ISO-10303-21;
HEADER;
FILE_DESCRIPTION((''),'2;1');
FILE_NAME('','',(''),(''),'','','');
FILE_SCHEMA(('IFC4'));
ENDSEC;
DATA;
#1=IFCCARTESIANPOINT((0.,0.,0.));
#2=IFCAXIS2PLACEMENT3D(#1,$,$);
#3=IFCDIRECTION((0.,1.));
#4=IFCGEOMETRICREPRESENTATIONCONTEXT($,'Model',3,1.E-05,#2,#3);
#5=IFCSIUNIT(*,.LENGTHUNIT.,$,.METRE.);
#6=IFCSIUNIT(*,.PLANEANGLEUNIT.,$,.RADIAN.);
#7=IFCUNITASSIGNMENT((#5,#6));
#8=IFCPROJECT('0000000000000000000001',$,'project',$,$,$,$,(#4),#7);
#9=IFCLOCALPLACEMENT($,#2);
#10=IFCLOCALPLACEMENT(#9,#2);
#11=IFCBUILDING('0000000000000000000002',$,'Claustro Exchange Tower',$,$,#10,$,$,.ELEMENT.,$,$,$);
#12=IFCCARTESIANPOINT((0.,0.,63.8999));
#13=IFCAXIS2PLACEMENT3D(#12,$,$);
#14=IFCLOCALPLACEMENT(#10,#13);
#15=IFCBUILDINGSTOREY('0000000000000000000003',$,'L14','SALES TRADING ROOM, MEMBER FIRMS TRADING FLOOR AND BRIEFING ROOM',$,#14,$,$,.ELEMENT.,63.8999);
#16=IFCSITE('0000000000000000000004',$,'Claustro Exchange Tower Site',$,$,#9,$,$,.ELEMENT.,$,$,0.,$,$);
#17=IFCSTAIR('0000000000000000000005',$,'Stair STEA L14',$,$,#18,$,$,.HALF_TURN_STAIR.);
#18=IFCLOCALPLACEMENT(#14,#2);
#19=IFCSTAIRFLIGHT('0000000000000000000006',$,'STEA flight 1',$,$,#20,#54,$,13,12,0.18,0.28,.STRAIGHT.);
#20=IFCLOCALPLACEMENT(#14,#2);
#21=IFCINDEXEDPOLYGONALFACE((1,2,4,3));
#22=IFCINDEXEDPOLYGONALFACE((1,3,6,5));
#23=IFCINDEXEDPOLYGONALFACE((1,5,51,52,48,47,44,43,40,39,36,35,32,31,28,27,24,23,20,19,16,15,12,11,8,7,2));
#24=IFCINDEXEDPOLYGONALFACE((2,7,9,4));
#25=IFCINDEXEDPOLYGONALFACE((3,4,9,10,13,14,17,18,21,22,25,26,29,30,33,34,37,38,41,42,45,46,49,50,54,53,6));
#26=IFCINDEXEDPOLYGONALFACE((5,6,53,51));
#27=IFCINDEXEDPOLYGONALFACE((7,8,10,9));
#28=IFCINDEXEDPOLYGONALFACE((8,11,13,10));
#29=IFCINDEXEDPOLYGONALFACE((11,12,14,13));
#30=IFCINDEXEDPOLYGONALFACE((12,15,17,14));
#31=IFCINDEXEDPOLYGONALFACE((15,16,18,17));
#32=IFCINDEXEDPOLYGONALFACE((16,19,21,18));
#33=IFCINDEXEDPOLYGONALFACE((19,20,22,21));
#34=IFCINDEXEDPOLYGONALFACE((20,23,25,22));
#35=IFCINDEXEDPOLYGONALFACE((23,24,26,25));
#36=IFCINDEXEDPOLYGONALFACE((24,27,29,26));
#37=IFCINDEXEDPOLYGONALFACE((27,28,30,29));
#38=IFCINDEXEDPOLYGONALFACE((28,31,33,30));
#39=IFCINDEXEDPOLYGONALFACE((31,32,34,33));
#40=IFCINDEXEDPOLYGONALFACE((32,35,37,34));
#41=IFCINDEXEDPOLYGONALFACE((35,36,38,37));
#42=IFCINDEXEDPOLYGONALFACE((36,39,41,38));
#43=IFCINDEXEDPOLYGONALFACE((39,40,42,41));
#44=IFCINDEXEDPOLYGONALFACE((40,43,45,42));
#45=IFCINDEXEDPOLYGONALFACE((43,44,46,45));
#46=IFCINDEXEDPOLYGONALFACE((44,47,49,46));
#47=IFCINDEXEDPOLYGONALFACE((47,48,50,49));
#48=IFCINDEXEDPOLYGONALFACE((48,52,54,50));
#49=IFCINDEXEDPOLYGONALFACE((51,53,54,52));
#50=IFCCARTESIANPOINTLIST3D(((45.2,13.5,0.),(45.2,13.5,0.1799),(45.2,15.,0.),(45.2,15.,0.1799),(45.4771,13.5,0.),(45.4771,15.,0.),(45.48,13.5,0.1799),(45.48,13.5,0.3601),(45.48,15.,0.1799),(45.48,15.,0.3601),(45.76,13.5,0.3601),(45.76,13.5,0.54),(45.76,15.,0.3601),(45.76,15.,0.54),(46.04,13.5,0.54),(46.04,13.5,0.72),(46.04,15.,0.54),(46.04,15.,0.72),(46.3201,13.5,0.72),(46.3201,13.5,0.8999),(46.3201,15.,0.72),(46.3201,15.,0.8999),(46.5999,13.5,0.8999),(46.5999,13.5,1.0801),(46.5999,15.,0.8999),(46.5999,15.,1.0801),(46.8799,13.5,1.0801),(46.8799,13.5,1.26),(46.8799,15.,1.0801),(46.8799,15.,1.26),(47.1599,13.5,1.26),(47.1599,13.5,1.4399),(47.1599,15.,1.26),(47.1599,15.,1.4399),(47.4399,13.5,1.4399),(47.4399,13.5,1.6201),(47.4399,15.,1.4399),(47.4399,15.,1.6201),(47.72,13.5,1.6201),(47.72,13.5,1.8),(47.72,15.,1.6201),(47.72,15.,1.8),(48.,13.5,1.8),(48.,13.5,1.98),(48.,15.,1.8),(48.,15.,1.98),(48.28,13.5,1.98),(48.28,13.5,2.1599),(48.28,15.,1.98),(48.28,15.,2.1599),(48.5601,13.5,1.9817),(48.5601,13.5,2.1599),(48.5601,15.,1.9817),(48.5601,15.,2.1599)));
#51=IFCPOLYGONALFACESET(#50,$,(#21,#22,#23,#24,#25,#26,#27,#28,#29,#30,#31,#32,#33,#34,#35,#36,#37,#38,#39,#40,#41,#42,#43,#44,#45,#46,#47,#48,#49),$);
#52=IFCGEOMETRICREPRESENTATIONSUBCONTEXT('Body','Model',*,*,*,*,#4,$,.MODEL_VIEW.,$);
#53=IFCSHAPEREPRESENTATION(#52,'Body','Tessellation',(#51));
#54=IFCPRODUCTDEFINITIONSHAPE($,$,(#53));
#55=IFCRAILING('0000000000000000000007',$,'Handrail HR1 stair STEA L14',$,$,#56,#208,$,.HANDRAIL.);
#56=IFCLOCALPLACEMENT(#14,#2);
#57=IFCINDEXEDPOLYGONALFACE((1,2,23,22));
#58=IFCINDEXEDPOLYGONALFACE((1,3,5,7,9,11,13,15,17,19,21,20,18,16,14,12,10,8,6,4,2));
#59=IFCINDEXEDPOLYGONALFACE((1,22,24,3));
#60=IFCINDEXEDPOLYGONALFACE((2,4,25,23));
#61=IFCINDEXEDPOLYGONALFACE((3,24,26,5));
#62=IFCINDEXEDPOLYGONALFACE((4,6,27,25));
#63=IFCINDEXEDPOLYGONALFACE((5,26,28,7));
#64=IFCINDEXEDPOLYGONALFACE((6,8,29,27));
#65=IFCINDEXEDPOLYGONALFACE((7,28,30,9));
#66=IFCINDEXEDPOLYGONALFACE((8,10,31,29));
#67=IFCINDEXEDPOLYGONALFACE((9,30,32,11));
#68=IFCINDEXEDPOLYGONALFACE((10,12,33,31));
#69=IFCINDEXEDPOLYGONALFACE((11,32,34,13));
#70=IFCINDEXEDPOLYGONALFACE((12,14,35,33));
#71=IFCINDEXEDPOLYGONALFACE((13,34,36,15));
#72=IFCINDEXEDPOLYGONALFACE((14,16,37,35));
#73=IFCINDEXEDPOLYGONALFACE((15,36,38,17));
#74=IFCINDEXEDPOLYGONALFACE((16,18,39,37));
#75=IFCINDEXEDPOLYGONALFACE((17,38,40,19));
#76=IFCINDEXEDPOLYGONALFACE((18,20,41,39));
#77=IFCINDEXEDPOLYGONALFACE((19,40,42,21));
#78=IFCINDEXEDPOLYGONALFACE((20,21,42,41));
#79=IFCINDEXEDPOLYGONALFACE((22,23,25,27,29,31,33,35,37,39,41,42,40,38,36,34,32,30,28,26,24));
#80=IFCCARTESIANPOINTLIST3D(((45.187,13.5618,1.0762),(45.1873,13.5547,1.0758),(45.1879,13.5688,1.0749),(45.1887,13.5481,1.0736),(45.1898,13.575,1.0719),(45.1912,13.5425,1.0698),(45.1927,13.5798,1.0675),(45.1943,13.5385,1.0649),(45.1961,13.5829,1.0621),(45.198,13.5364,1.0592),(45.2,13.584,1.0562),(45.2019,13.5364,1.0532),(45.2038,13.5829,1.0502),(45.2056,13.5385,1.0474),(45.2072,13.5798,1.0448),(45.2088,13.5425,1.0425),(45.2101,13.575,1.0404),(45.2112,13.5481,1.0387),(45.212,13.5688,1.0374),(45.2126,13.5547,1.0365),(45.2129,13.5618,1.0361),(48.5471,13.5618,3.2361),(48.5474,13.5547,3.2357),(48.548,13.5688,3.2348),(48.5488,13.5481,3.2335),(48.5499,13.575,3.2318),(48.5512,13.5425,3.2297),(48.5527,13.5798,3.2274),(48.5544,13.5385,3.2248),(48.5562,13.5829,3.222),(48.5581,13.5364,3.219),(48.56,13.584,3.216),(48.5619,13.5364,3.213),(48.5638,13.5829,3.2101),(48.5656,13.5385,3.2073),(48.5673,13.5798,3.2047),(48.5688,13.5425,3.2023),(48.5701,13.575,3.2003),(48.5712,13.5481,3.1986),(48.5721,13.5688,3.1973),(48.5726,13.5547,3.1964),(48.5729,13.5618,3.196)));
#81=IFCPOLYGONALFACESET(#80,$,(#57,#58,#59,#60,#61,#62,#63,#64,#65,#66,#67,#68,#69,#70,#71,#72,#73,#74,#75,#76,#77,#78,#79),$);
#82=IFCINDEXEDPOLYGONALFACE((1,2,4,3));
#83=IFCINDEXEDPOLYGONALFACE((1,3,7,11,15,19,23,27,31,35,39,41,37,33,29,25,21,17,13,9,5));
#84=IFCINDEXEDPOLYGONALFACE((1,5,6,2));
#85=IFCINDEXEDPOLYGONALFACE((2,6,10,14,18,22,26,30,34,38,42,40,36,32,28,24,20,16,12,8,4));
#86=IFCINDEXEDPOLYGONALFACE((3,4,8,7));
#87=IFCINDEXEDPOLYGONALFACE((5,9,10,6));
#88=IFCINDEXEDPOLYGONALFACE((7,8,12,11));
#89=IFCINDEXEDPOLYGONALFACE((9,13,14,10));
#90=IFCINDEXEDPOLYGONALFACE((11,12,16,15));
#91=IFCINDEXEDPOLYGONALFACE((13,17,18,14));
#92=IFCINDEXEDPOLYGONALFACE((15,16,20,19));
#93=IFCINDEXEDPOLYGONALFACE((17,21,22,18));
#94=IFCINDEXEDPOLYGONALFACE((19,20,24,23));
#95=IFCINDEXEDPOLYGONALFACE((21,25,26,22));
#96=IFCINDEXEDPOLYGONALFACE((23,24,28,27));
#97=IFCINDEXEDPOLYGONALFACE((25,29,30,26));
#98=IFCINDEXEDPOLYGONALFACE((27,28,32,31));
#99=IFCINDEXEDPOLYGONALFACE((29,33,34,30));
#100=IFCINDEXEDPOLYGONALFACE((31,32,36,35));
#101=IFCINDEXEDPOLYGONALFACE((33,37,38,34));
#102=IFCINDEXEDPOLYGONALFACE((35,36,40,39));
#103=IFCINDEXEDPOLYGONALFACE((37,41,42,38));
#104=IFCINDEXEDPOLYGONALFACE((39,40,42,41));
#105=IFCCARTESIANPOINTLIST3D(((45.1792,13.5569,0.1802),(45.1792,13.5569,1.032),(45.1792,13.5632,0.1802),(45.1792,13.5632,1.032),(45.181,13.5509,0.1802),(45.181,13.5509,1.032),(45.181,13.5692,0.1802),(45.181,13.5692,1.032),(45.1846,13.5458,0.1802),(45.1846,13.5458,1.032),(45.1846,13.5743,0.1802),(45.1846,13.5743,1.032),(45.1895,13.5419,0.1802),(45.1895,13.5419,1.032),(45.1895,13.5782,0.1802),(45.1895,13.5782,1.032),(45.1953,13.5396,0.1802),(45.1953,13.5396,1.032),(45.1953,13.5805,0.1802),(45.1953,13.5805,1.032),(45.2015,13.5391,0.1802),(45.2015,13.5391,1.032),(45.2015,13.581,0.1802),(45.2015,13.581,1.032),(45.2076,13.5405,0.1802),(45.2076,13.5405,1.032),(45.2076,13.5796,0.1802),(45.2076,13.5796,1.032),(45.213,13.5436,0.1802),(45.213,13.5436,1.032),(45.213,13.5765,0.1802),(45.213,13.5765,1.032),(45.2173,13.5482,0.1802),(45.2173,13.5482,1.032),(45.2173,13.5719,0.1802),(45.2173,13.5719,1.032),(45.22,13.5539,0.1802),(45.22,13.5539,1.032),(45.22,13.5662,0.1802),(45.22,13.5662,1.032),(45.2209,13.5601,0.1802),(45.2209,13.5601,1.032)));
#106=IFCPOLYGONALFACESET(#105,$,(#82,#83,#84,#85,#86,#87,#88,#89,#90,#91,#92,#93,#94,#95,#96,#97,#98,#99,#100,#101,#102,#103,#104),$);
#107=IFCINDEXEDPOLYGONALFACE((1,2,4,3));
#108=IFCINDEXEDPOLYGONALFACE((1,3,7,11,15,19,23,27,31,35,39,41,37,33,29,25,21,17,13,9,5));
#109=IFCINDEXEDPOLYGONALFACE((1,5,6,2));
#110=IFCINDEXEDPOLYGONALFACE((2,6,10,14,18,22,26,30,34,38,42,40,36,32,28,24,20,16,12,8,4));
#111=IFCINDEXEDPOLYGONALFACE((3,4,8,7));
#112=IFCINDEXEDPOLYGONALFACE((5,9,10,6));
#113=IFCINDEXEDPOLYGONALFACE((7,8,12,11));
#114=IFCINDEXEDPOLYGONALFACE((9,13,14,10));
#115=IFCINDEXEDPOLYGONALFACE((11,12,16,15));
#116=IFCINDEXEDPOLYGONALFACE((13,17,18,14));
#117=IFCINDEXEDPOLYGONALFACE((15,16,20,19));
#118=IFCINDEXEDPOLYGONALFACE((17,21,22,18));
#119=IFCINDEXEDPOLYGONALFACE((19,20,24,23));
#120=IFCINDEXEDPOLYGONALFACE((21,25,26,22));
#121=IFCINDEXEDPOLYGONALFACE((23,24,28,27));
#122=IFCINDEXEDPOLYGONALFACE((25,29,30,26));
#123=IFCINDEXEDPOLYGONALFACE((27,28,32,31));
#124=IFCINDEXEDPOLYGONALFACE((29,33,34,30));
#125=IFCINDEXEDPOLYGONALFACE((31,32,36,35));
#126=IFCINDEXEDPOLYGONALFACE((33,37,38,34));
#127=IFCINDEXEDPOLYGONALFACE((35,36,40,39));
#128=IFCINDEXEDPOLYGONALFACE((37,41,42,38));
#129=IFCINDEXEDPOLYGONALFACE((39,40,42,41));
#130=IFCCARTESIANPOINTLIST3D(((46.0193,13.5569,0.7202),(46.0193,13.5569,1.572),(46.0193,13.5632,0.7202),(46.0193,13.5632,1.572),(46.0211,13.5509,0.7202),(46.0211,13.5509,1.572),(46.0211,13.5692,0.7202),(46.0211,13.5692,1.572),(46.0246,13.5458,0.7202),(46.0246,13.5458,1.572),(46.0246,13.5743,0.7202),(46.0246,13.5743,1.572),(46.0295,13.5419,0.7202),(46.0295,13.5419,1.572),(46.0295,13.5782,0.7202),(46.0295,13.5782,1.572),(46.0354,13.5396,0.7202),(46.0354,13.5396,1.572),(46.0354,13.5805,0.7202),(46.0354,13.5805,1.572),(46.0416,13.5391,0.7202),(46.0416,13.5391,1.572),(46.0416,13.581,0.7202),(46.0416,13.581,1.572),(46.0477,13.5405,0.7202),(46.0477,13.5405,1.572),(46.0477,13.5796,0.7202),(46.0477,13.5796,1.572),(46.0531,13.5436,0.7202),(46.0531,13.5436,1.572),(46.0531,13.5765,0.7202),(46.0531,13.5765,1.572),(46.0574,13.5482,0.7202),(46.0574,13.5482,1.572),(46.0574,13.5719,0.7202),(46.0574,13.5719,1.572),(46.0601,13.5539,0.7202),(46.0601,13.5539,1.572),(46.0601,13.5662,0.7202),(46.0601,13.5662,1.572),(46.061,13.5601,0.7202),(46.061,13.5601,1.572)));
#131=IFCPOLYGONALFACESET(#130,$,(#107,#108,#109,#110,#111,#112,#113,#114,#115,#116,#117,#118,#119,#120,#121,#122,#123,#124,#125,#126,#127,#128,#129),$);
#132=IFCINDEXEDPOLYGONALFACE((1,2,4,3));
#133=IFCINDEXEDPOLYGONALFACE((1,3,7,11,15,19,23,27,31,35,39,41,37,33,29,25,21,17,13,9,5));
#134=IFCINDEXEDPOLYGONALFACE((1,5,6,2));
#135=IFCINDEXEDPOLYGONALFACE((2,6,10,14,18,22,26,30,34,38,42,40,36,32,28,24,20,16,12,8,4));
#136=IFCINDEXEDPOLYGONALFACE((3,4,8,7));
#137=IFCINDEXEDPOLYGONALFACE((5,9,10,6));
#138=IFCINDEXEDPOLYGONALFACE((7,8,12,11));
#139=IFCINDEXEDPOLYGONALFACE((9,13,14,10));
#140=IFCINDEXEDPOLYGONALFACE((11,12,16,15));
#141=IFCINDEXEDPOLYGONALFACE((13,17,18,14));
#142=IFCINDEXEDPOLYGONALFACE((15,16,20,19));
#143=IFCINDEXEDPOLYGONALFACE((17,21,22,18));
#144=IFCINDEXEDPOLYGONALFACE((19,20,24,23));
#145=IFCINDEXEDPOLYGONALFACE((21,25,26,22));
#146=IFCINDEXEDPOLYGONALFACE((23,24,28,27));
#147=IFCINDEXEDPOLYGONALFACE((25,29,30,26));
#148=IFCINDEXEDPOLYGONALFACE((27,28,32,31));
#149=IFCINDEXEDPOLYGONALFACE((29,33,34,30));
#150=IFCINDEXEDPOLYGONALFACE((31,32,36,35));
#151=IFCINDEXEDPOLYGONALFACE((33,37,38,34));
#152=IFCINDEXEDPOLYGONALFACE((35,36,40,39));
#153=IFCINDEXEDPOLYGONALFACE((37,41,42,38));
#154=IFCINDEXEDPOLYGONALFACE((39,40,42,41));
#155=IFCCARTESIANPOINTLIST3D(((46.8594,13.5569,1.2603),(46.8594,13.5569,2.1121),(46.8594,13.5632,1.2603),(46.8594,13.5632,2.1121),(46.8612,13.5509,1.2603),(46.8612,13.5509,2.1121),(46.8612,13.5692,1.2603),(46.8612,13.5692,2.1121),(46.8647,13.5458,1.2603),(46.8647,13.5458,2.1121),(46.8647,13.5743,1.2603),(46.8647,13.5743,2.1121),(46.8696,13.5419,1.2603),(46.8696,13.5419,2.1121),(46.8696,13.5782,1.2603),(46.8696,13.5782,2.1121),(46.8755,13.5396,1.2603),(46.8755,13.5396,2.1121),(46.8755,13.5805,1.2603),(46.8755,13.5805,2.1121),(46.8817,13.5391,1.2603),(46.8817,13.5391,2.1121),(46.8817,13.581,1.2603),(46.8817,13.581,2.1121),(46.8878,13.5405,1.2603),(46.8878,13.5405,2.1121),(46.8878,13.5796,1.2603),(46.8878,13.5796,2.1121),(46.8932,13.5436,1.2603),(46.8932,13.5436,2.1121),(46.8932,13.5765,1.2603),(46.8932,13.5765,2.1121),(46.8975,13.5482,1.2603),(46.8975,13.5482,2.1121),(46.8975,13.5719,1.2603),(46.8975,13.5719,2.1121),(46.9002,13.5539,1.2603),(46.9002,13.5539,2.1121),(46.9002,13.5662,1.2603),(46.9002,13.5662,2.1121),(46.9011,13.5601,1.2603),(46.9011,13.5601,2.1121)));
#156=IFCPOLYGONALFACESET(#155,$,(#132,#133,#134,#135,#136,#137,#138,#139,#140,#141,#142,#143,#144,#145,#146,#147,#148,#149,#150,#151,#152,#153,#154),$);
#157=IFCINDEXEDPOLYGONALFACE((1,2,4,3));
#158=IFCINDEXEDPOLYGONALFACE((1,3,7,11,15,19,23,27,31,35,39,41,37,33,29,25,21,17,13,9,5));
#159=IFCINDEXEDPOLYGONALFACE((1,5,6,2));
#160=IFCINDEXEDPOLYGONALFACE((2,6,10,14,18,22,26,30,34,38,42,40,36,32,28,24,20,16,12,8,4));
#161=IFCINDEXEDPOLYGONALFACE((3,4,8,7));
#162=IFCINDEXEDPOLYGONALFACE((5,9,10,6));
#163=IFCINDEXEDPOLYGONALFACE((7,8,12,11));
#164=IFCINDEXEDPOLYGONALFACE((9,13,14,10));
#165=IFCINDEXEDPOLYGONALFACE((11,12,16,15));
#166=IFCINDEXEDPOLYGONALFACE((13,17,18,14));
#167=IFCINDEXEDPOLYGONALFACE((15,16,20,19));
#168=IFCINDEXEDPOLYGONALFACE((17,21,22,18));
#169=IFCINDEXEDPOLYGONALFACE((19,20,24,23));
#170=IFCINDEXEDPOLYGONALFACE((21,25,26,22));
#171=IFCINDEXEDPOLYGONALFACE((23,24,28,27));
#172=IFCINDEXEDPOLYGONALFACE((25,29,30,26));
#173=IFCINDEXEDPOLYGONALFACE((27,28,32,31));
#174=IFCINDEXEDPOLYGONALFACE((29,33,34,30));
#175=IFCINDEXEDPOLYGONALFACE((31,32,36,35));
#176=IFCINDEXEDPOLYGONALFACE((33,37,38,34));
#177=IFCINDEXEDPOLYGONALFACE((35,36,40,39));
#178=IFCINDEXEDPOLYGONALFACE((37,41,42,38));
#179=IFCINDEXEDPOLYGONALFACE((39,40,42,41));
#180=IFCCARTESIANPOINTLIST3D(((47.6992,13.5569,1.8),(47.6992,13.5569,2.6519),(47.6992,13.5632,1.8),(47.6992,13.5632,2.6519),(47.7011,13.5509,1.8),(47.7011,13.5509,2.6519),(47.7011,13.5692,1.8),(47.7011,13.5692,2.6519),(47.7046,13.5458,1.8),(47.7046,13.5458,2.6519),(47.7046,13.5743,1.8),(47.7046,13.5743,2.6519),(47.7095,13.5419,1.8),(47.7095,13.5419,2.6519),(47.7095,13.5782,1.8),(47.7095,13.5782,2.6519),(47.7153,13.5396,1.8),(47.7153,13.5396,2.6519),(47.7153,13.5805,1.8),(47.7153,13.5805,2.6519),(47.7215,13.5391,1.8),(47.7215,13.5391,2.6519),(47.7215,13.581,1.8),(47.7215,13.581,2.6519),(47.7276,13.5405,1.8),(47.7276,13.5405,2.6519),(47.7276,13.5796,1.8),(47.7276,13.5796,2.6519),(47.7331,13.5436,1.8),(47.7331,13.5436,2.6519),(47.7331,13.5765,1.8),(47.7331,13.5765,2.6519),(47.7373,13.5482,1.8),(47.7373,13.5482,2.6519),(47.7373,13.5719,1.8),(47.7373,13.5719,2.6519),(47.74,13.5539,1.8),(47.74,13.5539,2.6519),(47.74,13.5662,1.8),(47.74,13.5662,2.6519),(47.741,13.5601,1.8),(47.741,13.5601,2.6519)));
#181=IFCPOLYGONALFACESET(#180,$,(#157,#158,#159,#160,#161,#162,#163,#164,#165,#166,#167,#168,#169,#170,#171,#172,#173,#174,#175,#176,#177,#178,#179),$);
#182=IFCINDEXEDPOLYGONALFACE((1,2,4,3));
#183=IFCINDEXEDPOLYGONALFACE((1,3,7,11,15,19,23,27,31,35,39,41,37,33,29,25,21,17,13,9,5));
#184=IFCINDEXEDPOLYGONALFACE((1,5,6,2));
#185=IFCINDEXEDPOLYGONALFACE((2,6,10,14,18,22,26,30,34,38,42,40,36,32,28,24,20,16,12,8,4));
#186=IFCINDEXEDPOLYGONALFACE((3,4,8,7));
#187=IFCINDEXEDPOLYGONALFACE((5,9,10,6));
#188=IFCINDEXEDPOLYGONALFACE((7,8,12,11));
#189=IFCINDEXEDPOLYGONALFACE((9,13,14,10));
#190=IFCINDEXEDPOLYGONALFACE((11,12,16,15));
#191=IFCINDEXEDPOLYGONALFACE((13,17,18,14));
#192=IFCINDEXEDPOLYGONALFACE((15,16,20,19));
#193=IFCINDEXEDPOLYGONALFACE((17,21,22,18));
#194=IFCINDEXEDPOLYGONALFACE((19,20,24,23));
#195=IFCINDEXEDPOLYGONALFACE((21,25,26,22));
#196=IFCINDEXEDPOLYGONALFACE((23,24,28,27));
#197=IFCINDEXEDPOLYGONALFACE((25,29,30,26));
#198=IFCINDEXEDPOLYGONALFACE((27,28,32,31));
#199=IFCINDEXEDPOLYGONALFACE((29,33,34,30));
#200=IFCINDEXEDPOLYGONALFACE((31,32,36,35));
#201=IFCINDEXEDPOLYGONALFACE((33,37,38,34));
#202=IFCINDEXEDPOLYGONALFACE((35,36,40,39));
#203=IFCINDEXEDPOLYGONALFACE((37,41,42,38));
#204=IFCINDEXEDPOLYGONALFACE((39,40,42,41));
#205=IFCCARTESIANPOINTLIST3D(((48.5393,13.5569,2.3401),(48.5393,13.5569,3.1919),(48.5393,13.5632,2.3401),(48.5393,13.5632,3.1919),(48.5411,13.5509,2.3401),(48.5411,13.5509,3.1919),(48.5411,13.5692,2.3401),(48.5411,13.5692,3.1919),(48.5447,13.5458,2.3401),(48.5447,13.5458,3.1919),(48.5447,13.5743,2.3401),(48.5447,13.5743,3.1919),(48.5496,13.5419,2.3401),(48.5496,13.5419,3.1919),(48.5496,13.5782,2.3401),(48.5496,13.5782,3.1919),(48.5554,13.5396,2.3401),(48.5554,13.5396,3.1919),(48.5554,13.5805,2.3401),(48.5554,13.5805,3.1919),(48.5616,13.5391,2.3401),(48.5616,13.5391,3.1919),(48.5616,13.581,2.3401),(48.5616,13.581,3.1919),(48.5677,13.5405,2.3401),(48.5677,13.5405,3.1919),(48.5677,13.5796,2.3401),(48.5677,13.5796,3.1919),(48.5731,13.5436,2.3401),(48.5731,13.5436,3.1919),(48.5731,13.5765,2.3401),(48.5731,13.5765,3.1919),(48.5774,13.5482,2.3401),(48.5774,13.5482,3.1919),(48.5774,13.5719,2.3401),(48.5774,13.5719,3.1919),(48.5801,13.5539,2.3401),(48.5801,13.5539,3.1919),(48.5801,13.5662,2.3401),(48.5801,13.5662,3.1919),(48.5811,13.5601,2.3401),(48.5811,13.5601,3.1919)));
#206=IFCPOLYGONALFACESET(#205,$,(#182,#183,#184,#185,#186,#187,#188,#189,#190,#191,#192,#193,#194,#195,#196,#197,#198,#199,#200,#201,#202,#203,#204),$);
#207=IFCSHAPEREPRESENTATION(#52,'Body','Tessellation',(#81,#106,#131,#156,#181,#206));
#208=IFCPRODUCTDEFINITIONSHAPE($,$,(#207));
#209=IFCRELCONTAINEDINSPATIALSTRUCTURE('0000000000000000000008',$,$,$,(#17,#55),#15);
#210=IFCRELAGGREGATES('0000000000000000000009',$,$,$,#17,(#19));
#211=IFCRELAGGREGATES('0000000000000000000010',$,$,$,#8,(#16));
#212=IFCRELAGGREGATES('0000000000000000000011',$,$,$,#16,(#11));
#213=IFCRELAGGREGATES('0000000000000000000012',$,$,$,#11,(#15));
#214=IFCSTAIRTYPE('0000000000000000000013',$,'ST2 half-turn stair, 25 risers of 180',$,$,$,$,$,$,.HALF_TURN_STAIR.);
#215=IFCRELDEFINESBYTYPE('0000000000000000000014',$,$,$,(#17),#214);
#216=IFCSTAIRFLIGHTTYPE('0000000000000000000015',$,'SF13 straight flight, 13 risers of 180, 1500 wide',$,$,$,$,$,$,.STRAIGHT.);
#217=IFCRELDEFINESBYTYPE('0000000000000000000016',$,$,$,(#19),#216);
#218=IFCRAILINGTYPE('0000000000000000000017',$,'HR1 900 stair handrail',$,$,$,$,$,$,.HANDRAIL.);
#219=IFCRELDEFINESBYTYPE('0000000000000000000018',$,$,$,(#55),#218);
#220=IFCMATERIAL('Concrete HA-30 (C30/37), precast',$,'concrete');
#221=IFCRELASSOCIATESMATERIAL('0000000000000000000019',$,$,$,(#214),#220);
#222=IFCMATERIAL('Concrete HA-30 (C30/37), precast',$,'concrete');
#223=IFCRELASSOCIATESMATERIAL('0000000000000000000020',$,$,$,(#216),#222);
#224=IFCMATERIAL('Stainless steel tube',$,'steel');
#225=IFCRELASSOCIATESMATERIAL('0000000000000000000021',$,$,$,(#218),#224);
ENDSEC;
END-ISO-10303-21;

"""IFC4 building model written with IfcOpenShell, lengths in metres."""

from ifc_helpers import new_model, si_unit, direction, frame, origin, origin_2d, place, context, subcontext, project, spatial, polyline, circle, outline, extrude, material, type_object, element, aggregate, save


model = new_model("IFC4")

# Units and contexts
model_context = context("Model", 3, precision=1e-05, world=origin(), true_north=direction((0.0, 1.0)))
body_context = subcontext(model_context, "Body", "Model", "MODEL_VIEW")
ifc_project = project(units=[si_unit("LENGTHUNIT", "METRE"), si_unit("PLANEANGLEUNIT", "RADIAN")], contexts=[model_context])

# Site, building, storey
site_placement = place(None, origin())
site = spatial("IfcSite", under=ifc_project, at=site_placement, Name="Claustro Exchange Tower Site", CompositionType="ELEMENT", RefElevation=0.0)
building_placement = place(site_placement, origin())
building = spatial("IfcBuilding", under=site, at=building_placement, Name="Claustro Exchange Tower", CompositionType="ELEMENT")
storey_placement = place(building_placement, frame((0.0, 0.0, 63.8999)))
storey = spatial("IfcBuildingStorey", under=building, at=storey_placement, Name="L14", Description="SALES TRADING ROOM, MEMBER FIRMS TRADING FLOOR AND BRIEFING ROOM", CompositionType="ELEMENT", Elevation=63.8999)

# Stair, stair flight
ifc_material_1 = material(Name="Concrete HA-30 (C30/37), precast", Category="concrete")
stair_type = type_object("IfcStairType", Name="ST2 half-turn stair, 25 risers of 180", PredefinedType="HALF_TURN_STAIR", material=ifc_material_1)
stair_placement = place(storey_placement, origin())
stair = element("IfcStair", 1, at=stair_placement, inside=storey, type_object=stair_type, Name="Stair STEA L14", PredefinedType="HALF_TURN_STAIR")
ifc_material_2 = material(Name="Concrete HA-30 (C30/37), precast", Category="concrete")
stair_flight_type = type_object("IfcStairFlightType", Name="SF13 straight flight, 13 risers of 180, 1500 wide", PredefinedType="STRAIGHT", material=ifc_material_2)
stair_flight_placement = place(storey_placement, frame((45.2, 14.25, 0.0), z_axis=(0.0, 0.0, 1.0), x_axis=(1.0, 0.0, 0.0)))
stair_flight = element("IfcStairFlight", 2, at=stair_flight_placement, type_object=stair_flight_type, Name="STEA flight 1", NumberOfRisers=13, NumberOfTreads=12, PredefinedType="STRAIGHT", RiserHeight=0.18, TreadLength=0.28, context=body_context, shape_type="SweptSolid", body=[
    extrude(outline(polyline([(0.0, 0.0), (0.0, 0.1799), (0.28, 0.1799), (0.28, 0.3601), (0.5601, 0.3601), (0.5601, 0.54), (0.8401, 0.54), (0.8401, 0.72), (1.1201, 0.72), (1.1201, 0.8999), (1.3999, 0.8999), (1.3999, 1.0801), (1.6799, 1.0801), (1.6799, 1.26), (1.96, 1.26), (1.96, 1.4399), (2.24, 1.4399), (2.24, 1.6201), (2.52, 1.6201), (2.52, 1.8), (2.8, 1.8), (2.8, 1.98), (3.0801, 1.98), (3.0801, 2.1599), (3.3601, 2.1599), (3.3601, 2.3401), (3.3601, 1.9817), (0.2771, 0.0), (0.0, 0.0)])), frame((0.0, 0.75, 0.0), z_axis=(0.0, -1.0, 0.0), x_axis=(1.0, 0.0, 0.0)), (0.0, 0.0, 1.0), 1.5),
])
aggregate(stair, [stair_flight])

# Railing
ifc_material_3 = material(Name="Stainless steel tube", Category="steel")
railing_type = type_object("IfcRailingType", Name="HR1 900 stair handrail", PredefinedType="HANDRAIL", material=ifc_material_3)
railing_placement = place(storey_placement, frame((45.2, 13.5601, 0.1802)))
element("IfcRailing", 3, at=railing_placement, inside=storey, type_object=railing_type, Name="Handrail HR1 stair STEA L14", PredefinedType="HANDRAIL", context=body_context, shape_type="SweptSolid", body=[
    extrude(circle(Radius=0.0239, at=origin_2d()), frame((0.0, 0.0, 0.876), z_axis=(0.841196, 0.0, 0.54073), x_axis=(0.0, 1.0, 0.0)), (0.0, 0.0, 1.0), 3.9944),
    extrude(circle(Radius=0.021, at=origin_2d()), origin(), (0.0, 0.0, 1.0), 0.8518),
    extrude(circle(Radius=0.021, at=origin_2d()), frame((0.8401, 0.0, 0.54)), (0.0, 0.0, 1.0), 0.8518),
    extrude(circle(Radius=0.021, at=origin_2d()), frame((1.6802, 0.0, 1.0801)), (0.0, 0.0, 1.0), 0.8518),
    extrude(circle(Radius=0.021, at=origin_2d()), frame((2.52, 0.0, 1.6199)), (0.0, 0.0, 1.0), 0.8518),
    extrude(circle(Radius=0.021, at=origin_2d()), frame((3.3601, 0.0, 2.1599)), (0.0, 0.0, 1.0), 0.8518),
])

save(model, "model.ifc")
